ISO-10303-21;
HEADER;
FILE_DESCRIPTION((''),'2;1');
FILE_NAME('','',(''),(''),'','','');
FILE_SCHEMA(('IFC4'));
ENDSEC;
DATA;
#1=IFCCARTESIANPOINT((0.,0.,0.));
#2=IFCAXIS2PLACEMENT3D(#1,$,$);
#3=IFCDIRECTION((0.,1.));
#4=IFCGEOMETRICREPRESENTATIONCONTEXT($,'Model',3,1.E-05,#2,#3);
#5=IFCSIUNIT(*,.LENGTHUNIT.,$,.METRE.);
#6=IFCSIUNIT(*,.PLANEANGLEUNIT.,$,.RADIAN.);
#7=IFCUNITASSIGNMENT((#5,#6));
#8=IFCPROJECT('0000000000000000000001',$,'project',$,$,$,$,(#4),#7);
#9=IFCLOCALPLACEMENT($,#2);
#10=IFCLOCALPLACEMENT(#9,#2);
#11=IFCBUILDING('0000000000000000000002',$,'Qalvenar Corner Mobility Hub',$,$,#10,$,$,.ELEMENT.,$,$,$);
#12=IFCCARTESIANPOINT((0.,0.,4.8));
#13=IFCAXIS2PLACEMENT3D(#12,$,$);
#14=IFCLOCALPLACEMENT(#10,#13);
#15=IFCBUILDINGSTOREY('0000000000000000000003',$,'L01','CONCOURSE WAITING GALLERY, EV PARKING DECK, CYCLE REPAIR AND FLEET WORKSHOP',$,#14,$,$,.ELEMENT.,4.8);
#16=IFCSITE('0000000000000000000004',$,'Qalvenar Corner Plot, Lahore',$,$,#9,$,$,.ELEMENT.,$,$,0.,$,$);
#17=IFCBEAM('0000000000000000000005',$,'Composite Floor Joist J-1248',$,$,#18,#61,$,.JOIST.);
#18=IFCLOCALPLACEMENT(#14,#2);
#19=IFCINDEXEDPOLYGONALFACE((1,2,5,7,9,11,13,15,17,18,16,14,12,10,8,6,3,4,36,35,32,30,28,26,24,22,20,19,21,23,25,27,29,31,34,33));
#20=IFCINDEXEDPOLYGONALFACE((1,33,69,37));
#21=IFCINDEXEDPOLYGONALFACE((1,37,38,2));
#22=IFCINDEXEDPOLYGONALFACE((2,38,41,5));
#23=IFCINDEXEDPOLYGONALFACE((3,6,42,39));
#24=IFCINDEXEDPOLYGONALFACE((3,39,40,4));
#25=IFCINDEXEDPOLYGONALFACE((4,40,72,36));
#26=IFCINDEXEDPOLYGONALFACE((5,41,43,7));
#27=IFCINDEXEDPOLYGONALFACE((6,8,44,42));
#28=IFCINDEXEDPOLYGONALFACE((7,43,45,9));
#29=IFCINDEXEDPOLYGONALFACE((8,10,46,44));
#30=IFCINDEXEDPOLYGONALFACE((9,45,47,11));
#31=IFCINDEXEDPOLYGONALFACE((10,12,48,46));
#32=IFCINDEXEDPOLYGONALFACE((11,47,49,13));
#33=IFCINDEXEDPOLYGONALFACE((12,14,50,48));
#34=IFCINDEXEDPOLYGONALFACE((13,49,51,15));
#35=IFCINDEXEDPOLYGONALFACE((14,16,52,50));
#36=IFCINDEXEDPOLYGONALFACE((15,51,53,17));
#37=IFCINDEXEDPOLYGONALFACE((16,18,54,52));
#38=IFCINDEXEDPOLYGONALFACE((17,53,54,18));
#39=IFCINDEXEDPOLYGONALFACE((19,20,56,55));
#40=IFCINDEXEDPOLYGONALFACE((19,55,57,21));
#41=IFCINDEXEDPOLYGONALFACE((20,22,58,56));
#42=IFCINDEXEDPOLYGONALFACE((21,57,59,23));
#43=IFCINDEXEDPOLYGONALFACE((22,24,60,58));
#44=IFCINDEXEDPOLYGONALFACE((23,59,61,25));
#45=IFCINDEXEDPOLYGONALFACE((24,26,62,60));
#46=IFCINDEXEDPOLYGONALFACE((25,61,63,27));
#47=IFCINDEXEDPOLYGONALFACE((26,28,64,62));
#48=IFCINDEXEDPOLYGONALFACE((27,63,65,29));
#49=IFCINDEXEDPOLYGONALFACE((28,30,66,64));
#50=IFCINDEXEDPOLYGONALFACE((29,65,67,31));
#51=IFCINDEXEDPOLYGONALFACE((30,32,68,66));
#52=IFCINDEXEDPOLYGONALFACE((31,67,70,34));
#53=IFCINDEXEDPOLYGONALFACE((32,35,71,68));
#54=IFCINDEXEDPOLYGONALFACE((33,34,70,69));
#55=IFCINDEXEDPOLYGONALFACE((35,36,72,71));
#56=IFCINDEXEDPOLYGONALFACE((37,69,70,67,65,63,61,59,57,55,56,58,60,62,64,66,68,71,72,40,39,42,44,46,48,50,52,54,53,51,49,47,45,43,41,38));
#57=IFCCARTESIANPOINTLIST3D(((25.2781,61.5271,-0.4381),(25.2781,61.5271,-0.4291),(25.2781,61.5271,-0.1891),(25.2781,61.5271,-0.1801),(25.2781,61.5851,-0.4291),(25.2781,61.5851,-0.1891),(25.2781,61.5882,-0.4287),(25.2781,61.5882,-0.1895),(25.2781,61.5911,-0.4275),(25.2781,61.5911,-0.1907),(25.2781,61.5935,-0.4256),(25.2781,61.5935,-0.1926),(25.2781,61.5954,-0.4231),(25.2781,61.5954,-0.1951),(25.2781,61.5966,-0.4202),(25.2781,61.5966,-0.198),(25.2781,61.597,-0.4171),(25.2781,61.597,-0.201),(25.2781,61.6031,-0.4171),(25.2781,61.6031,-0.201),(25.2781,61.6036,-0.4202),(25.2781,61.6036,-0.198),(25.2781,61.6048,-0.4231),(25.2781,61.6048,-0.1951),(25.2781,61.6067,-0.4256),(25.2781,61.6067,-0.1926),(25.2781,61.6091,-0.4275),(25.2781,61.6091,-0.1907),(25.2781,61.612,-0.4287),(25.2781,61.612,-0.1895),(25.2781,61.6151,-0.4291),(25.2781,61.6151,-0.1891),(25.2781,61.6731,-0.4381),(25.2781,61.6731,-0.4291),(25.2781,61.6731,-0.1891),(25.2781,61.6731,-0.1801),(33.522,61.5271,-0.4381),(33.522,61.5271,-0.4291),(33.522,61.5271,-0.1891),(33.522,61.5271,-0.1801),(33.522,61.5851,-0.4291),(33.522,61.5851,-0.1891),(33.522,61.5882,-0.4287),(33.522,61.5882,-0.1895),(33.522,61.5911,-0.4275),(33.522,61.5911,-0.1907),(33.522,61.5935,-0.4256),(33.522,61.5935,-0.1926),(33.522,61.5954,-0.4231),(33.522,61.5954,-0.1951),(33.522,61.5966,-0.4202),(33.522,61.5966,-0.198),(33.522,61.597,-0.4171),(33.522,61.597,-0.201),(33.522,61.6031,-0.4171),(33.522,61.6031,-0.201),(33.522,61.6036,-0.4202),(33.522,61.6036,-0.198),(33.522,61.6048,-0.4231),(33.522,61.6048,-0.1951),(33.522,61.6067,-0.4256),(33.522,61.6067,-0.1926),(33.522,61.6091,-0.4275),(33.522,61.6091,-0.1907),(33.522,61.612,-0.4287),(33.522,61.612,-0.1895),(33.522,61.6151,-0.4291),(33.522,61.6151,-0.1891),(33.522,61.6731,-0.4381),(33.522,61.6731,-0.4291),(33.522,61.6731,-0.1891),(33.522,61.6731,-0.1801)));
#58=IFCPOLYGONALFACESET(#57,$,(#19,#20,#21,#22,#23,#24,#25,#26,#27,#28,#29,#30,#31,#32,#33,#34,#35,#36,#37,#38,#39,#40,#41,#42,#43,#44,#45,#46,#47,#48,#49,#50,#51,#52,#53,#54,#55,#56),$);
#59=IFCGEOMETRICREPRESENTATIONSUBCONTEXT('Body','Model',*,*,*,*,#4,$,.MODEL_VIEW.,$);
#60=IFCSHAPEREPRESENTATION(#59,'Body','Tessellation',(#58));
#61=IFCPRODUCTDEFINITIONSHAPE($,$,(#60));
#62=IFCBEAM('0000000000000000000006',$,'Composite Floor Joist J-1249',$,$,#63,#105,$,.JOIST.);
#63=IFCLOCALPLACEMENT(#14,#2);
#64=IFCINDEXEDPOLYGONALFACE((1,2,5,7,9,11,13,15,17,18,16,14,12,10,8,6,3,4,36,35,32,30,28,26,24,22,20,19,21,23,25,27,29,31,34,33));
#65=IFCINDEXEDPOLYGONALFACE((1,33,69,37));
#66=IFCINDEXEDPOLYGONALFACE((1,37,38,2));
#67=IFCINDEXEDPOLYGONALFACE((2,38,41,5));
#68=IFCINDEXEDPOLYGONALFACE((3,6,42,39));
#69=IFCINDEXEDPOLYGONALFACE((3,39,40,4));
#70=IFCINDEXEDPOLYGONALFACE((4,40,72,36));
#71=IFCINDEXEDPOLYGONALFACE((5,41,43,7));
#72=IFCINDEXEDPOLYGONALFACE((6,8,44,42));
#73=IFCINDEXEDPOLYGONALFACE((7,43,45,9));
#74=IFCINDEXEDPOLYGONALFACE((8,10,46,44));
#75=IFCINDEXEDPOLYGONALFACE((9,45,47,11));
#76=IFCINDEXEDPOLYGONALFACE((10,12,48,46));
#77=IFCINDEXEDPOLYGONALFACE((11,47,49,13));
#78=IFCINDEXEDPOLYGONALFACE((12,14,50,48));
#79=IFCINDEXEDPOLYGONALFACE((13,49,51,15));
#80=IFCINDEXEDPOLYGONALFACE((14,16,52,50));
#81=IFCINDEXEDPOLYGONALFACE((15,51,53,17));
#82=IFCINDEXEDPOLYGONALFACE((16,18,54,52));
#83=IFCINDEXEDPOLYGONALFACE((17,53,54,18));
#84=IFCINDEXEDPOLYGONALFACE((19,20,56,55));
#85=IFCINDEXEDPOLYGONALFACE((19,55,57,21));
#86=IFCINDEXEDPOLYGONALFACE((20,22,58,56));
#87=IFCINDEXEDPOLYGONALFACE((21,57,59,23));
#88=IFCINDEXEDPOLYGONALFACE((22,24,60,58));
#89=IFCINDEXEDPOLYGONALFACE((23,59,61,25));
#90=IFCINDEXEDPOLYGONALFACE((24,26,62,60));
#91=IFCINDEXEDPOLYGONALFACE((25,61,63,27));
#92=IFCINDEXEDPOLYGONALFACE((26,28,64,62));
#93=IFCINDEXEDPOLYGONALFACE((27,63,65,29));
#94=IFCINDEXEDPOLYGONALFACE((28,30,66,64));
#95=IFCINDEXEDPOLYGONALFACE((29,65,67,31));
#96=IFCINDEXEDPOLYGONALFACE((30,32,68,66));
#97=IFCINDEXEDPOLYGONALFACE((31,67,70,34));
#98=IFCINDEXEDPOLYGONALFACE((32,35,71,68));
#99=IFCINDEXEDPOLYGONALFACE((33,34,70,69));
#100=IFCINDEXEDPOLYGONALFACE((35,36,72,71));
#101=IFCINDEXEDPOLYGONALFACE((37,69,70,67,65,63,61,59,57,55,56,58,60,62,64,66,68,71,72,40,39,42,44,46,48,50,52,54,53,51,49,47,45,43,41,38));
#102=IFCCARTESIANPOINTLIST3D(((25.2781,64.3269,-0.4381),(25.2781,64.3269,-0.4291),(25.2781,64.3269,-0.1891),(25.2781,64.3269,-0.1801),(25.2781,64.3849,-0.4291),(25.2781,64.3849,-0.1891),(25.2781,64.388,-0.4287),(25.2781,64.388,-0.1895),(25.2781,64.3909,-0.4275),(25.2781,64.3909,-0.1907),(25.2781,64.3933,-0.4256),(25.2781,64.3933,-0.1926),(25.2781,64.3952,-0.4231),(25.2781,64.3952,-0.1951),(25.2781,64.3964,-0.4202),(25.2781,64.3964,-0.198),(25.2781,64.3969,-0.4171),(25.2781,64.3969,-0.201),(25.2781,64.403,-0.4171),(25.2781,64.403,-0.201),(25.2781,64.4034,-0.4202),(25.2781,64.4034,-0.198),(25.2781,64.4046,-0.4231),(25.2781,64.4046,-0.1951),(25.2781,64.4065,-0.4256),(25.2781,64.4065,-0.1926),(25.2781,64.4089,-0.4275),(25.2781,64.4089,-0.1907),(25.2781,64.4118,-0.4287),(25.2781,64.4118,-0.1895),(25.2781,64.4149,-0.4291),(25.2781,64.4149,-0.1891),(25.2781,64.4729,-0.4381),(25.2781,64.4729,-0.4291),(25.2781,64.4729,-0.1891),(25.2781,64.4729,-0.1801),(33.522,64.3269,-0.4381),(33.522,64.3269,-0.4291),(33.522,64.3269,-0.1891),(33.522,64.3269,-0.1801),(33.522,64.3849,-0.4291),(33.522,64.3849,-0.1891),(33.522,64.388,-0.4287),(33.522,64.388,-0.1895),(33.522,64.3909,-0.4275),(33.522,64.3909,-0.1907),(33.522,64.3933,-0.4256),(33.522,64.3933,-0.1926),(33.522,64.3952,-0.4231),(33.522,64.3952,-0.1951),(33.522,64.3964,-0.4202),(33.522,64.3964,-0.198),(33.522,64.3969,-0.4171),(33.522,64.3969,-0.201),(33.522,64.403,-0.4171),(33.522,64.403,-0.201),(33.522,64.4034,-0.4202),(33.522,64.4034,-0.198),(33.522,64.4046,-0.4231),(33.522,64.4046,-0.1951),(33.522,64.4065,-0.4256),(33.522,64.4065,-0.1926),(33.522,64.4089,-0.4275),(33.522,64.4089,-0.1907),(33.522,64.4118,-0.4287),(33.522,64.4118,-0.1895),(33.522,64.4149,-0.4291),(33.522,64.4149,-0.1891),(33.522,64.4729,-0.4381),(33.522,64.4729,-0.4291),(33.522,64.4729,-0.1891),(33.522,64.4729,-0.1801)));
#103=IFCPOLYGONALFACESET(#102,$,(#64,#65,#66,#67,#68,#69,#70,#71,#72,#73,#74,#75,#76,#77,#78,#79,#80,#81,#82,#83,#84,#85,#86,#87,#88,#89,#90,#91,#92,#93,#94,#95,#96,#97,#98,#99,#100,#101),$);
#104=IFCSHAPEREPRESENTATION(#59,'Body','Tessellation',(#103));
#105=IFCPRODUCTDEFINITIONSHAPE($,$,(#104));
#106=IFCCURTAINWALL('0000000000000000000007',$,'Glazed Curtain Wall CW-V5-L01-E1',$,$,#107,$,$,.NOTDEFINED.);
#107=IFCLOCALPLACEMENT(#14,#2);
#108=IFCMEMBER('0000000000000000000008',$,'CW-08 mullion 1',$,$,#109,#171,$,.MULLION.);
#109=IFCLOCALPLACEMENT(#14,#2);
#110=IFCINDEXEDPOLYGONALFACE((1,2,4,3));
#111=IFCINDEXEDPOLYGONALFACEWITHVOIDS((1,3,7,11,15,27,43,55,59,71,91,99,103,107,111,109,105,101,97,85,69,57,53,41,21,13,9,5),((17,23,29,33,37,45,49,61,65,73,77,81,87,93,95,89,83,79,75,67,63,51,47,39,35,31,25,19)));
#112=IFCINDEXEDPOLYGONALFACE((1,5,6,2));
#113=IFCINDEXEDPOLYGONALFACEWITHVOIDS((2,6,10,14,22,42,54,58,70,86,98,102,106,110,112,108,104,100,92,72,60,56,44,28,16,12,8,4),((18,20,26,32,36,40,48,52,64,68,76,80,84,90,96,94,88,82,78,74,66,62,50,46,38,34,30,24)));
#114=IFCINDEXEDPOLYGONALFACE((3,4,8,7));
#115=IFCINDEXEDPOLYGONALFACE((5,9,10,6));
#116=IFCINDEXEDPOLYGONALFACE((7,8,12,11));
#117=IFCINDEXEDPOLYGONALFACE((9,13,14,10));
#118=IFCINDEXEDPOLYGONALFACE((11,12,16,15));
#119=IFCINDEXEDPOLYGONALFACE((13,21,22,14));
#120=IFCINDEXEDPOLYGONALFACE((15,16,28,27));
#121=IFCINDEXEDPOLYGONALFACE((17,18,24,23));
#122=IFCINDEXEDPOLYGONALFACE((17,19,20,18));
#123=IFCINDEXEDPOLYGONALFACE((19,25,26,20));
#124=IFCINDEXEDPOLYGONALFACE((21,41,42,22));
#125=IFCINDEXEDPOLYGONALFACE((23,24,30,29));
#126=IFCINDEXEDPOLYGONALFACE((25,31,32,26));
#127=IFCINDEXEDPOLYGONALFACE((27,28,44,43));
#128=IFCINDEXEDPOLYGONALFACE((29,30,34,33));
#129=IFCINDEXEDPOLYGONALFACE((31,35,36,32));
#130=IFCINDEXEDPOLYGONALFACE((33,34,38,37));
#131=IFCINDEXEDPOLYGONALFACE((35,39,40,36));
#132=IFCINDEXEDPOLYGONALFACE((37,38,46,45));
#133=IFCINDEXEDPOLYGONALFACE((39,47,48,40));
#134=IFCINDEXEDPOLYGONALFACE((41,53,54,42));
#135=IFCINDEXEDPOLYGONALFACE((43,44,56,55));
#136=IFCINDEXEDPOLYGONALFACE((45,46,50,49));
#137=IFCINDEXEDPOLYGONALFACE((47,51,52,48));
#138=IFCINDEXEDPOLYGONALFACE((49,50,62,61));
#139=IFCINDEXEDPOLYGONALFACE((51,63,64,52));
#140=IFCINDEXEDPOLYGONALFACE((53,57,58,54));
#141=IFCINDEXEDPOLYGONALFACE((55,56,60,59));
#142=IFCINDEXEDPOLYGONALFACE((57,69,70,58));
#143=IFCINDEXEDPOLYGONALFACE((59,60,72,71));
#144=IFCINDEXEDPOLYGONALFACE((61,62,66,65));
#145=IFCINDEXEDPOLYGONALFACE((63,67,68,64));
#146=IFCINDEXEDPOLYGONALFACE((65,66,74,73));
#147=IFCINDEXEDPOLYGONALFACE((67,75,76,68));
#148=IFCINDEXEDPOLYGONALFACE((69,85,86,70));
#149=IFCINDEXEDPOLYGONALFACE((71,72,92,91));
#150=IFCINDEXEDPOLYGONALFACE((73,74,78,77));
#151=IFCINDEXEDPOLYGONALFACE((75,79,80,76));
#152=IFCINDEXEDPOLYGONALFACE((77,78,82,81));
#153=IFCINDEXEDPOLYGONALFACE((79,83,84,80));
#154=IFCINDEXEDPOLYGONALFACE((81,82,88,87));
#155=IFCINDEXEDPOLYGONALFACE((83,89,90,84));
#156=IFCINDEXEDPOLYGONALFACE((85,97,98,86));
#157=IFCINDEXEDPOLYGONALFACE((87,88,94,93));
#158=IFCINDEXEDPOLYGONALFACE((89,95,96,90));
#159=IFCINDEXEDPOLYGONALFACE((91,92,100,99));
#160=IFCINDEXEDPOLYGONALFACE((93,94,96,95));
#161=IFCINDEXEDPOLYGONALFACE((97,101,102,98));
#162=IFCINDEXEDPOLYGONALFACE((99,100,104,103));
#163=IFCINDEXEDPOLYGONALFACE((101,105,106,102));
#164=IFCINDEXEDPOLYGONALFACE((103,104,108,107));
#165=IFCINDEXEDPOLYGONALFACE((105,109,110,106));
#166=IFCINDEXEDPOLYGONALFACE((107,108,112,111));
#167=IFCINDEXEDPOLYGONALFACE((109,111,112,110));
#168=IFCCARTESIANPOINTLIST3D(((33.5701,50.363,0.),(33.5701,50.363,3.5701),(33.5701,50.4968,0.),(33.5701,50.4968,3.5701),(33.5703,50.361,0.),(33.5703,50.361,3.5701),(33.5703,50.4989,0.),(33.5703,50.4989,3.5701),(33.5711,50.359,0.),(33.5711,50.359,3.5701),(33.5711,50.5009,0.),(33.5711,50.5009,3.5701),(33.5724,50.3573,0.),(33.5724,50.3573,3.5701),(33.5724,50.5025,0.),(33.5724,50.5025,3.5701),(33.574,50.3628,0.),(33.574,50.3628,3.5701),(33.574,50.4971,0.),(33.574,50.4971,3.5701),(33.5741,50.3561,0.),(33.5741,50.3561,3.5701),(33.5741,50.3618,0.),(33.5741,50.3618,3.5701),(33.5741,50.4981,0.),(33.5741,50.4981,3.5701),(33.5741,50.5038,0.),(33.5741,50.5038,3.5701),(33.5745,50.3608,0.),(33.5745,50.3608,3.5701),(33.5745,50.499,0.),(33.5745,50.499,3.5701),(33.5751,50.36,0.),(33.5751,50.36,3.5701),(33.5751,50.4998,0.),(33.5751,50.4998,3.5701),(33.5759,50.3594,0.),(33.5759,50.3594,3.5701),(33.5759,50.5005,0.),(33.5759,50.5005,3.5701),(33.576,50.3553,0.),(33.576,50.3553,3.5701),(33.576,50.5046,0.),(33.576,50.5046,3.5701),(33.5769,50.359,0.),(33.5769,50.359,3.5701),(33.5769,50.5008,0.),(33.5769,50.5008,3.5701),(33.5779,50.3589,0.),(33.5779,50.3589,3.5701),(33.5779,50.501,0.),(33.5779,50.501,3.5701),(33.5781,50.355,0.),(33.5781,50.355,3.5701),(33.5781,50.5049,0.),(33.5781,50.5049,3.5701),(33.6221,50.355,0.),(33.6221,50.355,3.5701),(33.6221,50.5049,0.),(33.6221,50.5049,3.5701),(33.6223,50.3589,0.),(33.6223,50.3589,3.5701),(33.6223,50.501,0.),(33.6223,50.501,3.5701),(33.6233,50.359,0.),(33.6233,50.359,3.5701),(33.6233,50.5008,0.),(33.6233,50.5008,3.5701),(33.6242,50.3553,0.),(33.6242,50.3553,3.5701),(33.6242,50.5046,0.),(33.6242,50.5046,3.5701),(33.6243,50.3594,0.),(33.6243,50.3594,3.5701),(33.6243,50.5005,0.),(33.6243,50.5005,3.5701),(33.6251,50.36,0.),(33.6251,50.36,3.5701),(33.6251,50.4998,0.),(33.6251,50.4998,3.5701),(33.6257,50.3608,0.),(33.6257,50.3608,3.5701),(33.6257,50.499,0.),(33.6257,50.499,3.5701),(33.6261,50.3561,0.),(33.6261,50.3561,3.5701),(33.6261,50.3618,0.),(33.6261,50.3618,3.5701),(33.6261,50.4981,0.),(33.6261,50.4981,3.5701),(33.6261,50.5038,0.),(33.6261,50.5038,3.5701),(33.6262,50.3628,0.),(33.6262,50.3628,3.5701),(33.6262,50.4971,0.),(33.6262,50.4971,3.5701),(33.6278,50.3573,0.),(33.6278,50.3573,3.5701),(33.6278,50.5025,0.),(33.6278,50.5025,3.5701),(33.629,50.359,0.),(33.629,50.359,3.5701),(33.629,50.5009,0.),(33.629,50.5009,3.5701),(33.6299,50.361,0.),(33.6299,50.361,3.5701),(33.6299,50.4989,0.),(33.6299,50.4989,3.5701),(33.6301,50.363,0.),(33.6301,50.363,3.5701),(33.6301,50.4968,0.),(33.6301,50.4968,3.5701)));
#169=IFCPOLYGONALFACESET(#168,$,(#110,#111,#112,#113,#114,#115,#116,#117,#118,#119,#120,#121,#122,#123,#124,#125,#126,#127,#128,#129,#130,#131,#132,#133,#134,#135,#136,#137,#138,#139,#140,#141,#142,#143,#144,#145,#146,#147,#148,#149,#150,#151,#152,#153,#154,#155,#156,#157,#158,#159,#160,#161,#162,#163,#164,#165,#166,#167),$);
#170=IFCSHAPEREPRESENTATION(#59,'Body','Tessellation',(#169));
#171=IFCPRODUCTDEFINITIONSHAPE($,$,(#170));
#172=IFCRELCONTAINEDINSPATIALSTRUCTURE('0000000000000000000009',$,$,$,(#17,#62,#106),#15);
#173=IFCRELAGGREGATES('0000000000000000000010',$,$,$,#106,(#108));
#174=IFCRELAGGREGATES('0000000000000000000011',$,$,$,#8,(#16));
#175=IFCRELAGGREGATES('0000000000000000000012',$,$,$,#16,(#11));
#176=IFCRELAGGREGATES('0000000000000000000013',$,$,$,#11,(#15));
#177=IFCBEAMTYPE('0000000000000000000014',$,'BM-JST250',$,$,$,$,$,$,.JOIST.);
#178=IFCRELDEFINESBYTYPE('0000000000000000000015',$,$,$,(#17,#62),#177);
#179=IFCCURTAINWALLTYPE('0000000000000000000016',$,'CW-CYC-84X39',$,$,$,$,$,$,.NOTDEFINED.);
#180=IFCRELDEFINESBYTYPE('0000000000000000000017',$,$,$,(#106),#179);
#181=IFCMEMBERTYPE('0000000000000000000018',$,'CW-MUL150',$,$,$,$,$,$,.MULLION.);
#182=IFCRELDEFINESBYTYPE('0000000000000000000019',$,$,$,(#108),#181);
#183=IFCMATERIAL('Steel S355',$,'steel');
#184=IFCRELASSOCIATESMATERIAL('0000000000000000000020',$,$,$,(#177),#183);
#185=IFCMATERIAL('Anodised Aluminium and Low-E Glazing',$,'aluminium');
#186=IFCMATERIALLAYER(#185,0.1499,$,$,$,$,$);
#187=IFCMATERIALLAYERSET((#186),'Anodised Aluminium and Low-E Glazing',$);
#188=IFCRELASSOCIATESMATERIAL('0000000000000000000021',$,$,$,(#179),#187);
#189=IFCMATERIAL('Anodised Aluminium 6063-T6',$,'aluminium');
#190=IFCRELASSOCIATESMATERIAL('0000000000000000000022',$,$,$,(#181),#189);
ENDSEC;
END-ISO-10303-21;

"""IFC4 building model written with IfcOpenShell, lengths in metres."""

from ifc_helpers import new_model, si_unit, direction, frame, origin, origin_2d, place, context, subcontext, project, spatial, hollow_rectangle, i_section, extrude, material, layer, layer_set, material_profile, profile_set, type_object, element, aggregate, save


model = new_model("IFC4")

# Units and contexts
model_context = context("Model", 3, precision=1e-05, world=origin(), true_north=direction((0.0, 1.0)))
body_context = subcontext(model_context, "Body", "Model", "MODEL_VIEW")
ifc_project = project(units=[si_unit("LENGTHUNIT", "METRE"), si_unit("PLANEANGLEUNIT", "RADIAN")], contexts=[model_context])

# Site, building, storey
site_placement = place(None, origin())
site = spatial("IfcSite", under=ifc_project, at=site_placement, Name="Qalvenar Corner Plot, Lahore", CompositionType="ELEMENT", RefElevation=0.0)
building_placement = place(site_placement, origin())
building = spatial("IfcBuilding", under=site, at=building_placement, Name="Qalvenar Corner Mobility Hub", CompositionType="ELEMENT")
storey_placement = place(building_placement, frame((0.0, 0.0, 4.8)))
storey = spatial("IfcBuildingStorey", under=building, at=storey_placement, Name="L01", Description="CONCOURSE WAITING GALLERY, EV PARKING DECK, CYCLE REPAIR AND FLEET WORKSHOP", CompositionType="ELEMENT", Elevation=4.8)

# Shared definitions
ifc_material_1 = material(Name="Steel S355", Category="steel")

# Beams
ifc_material_profile_1 = material_profile(ifc_material_1, i_section(OverallWidth=0.146, OverallDepth=0.2581, WebThickness=0.0061, FlangeThickness=0.009, FilletRadius=0.012, at=origin_2d()), Name="W250x32.7")
ifc_profile_set_1 = profile_set([ifc_material_profile_1], Name="Steel S355")
beam_type_1 = type_object("IfcBeamType", Name="BM-JST250", PredefinedType="JOIST", material=ifc_profile_set_1)
for number, where, z_axis, x_axis, name in (
    (1, (25.2781, 61.6001, -0.3091), (1.0, 0.0, 0.0), (0.0, 1.0, 0.0), "Composite Floor Joist J-1248"),
    (2, (25.2781, 64.3999, -0.3091), (1.0, 0.0, 0.0), (0.0, 1.0, 0.0), "Composite Floor Joist J-1249"),
):
    element("IfcBeam", number, at=place(storey_placement, frame(where, z_axis=z_axis, x_axis=x_axis)), inside=storey, type_object=beam_type_1, Name=name, PredefinedType="JOIST", context=body_context, shape_type="SweptSolid", body=[
        extrude(i_section(OverallWidth=0.146, OverallDepth=0.2581, WebThickness=0.0061, FlangeThickness=0.009, FilletRadius=0.012, at=origin_2d()), origin(), (0.0, 0.0, 1.0), 8.2439),
    ])

# Curtain wall, member
ifc_material_2 = material(Name="Anodised Aluminium and Low-E Glazing", Category="aluminium")
ifc_layer_1 = layer(ifc_material_2, 0.1499)
ifc_layer_set_1 = layer_set([ifc_layer_1], Name="Anodised Aluminium and Low-E Glazing")
curtain_wall_type = type_object("IfcCurtainWallType", Name="CW-CYC-84X39", PredefinedType="NOTDEFINED", material=ifc_layer_set_1)
curtain_wall_placement = place(storey_placement, origin())
curtain_wall = element("IfcCurtainWall", 3, at=curtain_wall_placement, inside=storey, type_object=curtain_wall_type, Name="Glazed Curtain Wall CW-V5-L01-E1", PredefinedType="NOTDEFINED")
ifc_material_3 = material(Name="Anodised Aluminium 6063-T6", Category="aluminium")
ifc_material_profile_2 = material_profile(ifc_material_3, hollow_rectangle(XDim=0.0601, YDim=0.1499, WallThickness=0.0039, InnerFilletRadius=0.0039, OuterFilletRadius=0.0081, at=origin_2d()), Name="RHS150x60x4")
ifc_profile_set_2 = profile_set([ifc_material_profile_2], Name="Anodised Aluminium 6063-T6")
member_type_1 = type_object("IfcMemberType", Name="CW-MUL150", PredefinedType="MULLION", material=ifc_profile_set_2)
member_1_placement = place(storey_placement, frame((33.6001, 50.4299, 0.0), z_axis=(0.0, 0.0, 1.0), x_axis=(-1.0, 0.0, 0.0)))
member_1 = element("IfcMember", 4, at=member_1_placement, type_object=member_type_1, Name="CW-08 mullion 1", PredefinedType="MULLION", context=body_context, shape_type="SweptSolid", body=[
    extrude(hollow_rectangle(XDim=0.0601, YDim=0.1499, WallThickness=0.0039, InnerFilletRadius=0.0039, OuterFilletRadius=0.0081, at=origin_2d()), origin(), (0.0, 0.0, 1.0), 3.5701),
])
aggregate(curtain_wall, [member_1])

save(model, "model.ifc")
